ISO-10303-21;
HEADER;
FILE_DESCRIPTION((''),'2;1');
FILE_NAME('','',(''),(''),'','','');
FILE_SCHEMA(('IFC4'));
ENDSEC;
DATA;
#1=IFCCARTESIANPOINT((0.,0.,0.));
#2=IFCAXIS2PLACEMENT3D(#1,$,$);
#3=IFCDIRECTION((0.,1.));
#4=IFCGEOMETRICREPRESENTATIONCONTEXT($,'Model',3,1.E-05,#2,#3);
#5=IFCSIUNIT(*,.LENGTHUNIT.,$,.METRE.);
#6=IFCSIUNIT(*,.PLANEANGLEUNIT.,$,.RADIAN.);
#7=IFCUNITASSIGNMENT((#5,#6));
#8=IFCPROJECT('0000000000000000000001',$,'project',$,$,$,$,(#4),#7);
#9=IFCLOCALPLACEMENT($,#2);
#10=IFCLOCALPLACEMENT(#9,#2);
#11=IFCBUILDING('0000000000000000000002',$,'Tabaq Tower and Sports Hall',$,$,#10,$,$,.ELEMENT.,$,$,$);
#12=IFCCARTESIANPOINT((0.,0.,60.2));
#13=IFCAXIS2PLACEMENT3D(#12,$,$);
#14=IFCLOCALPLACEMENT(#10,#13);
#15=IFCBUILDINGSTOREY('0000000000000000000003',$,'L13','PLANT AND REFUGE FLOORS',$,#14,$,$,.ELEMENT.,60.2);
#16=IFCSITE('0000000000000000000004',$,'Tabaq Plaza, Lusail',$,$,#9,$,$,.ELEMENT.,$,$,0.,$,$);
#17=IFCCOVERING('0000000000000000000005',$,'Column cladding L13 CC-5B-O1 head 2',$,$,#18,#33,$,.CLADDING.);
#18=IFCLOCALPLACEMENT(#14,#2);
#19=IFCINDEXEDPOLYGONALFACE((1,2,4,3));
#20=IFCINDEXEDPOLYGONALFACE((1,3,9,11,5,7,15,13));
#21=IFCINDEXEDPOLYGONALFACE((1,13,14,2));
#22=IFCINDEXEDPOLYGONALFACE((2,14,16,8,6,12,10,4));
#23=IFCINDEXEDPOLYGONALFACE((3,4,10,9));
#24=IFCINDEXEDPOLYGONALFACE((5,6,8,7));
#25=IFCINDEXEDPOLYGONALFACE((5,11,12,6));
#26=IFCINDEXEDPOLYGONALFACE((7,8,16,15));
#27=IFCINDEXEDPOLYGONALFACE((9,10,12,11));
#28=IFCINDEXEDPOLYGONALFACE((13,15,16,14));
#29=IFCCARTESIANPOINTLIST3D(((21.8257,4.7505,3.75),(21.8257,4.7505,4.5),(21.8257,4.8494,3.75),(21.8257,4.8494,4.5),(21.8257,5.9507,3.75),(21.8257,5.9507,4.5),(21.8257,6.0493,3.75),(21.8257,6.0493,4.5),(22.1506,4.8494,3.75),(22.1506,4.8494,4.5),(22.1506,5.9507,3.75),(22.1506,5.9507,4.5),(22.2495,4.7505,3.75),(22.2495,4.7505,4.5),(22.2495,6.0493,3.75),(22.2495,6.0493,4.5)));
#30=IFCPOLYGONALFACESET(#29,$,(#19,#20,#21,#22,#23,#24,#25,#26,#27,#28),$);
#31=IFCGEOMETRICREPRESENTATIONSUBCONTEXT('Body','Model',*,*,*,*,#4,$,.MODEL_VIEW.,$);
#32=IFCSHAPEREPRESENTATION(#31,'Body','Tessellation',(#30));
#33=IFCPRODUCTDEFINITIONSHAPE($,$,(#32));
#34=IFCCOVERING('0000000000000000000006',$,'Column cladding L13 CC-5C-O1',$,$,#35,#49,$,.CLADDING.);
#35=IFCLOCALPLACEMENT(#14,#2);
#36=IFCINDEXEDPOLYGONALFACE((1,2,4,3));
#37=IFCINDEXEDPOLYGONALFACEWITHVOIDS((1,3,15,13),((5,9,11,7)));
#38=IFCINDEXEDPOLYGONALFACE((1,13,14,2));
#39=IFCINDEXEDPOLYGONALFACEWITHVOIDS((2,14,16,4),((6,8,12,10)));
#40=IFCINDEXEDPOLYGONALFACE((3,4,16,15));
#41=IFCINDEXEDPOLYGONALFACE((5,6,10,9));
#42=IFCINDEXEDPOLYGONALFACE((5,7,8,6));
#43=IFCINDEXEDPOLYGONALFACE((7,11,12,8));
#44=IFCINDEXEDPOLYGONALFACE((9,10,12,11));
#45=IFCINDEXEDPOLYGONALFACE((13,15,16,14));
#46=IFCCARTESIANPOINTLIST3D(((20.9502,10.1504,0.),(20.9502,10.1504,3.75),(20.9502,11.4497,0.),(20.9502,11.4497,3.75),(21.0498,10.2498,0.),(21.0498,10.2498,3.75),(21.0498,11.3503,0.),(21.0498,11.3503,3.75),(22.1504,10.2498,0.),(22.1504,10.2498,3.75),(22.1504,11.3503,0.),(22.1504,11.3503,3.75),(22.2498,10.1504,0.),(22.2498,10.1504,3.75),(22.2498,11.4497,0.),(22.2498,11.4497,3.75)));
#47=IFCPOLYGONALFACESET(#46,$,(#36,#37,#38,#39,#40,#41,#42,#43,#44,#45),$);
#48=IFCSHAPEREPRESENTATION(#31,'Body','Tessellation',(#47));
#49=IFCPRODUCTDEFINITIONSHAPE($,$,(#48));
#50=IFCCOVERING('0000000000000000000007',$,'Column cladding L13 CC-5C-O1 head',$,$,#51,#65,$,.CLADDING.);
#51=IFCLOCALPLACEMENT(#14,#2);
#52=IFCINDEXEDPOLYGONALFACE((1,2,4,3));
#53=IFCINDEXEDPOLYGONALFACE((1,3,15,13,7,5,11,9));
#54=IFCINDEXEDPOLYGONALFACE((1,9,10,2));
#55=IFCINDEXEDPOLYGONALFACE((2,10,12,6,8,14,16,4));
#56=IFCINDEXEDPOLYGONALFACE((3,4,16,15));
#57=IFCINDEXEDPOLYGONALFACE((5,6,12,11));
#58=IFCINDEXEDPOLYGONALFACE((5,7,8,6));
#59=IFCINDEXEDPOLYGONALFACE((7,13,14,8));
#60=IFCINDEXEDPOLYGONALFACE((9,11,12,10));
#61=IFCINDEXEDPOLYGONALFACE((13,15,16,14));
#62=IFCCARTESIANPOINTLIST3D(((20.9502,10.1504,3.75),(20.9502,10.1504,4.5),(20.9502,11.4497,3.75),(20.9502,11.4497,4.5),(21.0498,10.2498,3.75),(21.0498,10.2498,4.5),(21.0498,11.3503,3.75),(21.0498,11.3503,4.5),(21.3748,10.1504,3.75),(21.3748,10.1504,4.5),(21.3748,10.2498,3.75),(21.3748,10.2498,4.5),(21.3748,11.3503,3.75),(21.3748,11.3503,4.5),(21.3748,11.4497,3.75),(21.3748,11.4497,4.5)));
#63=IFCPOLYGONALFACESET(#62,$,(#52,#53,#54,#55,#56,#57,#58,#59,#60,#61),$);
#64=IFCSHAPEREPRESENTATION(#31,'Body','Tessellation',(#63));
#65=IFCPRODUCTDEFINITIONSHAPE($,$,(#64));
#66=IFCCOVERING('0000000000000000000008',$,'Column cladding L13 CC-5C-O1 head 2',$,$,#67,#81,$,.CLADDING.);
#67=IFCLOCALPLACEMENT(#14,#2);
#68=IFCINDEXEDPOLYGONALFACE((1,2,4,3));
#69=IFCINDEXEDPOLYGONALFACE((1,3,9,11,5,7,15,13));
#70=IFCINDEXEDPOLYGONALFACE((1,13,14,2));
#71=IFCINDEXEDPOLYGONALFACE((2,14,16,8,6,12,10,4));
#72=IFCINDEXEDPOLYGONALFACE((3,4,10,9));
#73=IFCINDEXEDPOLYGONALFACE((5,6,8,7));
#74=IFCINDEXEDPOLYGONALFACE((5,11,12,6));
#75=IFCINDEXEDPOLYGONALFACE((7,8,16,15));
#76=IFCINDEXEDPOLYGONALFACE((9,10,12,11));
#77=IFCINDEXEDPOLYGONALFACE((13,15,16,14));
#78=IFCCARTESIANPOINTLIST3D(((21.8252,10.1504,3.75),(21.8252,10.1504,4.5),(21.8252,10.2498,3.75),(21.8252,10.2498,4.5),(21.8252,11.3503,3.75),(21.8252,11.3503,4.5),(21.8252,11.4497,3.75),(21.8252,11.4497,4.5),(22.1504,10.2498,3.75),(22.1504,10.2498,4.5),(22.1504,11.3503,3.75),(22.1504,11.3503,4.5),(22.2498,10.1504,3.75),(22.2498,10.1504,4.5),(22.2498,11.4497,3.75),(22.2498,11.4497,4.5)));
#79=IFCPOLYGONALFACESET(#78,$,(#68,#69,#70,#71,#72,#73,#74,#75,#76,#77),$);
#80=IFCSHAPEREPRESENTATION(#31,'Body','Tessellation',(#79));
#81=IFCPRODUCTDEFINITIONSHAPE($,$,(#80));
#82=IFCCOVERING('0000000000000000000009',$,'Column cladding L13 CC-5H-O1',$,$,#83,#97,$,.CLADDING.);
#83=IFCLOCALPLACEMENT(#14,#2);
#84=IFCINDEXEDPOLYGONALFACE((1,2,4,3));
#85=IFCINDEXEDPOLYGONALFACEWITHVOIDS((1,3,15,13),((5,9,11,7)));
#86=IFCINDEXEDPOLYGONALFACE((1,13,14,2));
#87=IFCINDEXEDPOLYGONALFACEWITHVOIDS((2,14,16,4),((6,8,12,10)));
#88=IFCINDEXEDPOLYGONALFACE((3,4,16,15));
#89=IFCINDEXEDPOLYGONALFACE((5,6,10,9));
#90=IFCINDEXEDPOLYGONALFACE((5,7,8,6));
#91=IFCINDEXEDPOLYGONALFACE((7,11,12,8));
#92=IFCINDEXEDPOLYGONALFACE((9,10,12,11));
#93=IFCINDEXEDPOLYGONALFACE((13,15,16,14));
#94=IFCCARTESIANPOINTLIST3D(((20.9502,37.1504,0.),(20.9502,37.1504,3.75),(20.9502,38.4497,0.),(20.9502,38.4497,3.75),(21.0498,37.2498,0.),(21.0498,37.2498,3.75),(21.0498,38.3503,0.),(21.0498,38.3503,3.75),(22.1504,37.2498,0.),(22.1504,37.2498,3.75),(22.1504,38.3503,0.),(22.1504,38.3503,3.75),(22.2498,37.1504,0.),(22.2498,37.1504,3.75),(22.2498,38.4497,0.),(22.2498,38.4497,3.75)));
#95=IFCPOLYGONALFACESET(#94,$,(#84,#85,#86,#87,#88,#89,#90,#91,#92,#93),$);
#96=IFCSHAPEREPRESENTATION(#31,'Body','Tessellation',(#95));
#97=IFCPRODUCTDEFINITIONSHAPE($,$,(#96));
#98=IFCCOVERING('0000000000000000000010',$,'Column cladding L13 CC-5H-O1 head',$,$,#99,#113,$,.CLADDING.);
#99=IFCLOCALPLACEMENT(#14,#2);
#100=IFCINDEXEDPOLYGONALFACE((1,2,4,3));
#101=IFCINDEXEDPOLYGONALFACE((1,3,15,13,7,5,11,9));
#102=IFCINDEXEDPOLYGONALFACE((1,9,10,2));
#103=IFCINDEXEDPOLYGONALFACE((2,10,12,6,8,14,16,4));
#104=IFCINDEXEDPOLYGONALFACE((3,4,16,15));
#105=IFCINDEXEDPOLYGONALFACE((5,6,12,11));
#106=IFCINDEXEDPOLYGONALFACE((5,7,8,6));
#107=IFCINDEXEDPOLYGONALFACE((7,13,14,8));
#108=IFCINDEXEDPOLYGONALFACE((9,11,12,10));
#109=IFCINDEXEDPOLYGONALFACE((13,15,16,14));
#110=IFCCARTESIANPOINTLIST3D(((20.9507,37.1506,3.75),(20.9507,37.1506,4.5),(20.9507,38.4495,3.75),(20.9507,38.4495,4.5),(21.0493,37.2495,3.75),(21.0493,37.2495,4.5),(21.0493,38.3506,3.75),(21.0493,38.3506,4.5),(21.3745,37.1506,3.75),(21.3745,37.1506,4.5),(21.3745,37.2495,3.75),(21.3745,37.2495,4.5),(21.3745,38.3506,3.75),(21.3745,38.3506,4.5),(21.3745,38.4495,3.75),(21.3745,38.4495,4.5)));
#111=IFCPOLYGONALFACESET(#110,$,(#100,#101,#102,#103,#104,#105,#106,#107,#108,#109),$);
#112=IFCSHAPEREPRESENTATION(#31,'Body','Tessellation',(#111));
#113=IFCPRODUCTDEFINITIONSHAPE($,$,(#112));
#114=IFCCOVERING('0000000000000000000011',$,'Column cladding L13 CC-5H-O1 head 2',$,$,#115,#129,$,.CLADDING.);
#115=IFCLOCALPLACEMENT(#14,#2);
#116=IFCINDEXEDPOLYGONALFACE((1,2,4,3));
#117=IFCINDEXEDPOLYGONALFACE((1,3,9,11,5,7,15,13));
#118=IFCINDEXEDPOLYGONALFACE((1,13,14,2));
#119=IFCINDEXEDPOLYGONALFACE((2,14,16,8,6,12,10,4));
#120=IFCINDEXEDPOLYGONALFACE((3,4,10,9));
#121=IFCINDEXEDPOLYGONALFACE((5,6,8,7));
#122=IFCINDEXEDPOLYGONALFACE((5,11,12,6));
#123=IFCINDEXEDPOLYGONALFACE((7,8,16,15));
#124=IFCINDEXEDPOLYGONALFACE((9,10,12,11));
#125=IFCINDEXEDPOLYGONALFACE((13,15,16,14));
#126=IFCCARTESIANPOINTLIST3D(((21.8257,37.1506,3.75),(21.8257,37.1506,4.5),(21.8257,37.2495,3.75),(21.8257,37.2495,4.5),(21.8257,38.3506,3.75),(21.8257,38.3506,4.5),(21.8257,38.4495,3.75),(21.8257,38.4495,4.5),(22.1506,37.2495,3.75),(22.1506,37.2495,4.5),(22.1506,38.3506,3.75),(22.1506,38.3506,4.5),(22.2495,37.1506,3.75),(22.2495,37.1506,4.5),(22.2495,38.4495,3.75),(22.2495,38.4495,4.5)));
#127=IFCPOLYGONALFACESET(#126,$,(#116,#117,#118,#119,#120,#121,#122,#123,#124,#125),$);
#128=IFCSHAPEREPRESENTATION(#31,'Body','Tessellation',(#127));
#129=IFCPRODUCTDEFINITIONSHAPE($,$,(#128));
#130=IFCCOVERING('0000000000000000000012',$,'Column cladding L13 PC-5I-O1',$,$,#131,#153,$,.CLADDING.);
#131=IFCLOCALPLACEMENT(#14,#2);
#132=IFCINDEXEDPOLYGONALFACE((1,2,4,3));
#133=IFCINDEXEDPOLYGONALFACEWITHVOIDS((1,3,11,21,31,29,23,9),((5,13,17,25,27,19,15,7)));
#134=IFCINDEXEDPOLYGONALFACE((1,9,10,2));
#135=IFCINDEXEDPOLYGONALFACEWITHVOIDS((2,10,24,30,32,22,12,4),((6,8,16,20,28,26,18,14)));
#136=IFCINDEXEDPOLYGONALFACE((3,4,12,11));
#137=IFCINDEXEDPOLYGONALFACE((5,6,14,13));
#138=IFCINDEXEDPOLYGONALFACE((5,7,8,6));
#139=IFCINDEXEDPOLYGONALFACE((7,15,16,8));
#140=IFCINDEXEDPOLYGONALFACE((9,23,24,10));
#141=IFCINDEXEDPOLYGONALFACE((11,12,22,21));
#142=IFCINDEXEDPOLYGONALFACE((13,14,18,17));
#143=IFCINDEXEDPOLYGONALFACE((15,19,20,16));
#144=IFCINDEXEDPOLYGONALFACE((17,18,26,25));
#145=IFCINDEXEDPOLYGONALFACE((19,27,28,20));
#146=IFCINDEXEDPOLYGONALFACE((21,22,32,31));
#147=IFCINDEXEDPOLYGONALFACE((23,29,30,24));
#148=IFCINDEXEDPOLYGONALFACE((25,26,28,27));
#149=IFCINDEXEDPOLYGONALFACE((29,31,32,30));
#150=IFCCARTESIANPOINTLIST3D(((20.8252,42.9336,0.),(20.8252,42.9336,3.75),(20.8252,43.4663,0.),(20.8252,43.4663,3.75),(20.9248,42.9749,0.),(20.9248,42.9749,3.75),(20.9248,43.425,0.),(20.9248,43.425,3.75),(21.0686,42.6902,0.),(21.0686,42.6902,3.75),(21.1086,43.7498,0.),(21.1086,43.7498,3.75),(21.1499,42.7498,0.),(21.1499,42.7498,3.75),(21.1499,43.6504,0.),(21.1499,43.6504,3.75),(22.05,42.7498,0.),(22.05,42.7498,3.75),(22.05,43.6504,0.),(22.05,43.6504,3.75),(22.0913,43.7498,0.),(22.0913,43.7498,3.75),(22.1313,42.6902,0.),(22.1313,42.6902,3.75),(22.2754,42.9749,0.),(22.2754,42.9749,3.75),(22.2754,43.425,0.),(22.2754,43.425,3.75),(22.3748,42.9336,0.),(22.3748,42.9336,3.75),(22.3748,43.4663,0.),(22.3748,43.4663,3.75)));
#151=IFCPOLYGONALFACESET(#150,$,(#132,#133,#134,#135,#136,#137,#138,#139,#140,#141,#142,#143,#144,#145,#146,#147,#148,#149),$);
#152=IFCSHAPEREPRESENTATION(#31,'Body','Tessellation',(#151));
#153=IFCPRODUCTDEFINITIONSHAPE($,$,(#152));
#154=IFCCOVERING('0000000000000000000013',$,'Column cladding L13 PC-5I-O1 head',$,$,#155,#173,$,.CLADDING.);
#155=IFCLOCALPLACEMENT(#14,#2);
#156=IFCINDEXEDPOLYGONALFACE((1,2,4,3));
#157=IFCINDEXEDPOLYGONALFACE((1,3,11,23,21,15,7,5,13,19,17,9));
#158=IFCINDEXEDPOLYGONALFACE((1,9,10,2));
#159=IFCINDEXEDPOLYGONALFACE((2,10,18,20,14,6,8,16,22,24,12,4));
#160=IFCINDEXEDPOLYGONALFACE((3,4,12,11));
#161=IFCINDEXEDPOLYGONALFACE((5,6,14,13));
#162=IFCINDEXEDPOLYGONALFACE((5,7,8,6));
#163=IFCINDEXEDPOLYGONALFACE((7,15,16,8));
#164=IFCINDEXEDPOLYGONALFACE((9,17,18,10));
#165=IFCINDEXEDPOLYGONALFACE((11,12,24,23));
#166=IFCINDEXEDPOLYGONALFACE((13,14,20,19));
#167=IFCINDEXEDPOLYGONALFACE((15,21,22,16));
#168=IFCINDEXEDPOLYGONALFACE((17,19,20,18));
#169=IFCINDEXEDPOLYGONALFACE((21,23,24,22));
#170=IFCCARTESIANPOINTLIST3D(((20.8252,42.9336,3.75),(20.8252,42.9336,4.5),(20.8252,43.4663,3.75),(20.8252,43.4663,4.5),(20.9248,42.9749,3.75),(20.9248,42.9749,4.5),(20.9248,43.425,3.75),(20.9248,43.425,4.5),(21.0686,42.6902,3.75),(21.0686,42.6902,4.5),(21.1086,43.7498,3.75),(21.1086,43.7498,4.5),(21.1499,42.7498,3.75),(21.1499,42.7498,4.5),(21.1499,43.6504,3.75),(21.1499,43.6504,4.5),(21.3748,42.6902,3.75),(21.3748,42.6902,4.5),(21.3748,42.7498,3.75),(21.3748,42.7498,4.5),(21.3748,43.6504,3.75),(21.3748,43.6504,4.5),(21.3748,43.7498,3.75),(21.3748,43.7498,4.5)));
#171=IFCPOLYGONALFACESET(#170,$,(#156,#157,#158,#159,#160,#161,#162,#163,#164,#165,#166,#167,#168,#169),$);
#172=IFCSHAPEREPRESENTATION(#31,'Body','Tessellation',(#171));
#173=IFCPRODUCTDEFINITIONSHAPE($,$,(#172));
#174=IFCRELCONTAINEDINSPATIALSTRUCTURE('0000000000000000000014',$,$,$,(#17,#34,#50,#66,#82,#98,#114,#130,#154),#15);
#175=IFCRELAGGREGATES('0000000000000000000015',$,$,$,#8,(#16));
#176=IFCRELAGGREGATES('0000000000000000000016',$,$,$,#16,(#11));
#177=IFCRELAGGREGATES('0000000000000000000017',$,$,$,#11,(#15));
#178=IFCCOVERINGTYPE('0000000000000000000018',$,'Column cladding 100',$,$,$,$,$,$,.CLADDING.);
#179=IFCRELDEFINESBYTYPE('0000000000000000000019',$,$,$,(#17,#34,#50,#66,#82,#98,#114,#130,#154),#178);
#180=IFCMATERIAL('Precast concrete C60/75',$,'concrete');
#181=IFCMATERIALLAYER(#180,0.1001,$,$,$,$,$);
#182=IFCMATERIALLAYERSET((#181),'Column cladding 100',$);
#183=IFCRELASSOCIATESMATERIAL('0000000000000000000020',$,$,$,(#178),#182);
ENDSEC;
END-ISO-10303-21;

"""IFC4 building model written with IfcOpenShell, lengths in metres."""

from ifc_helpers import new_model, si_unit, direction, frame, origin, place, context, subcontext, project, spatial, polyline, outline, extrude, material, layer, layer_set, type_object, element, save


model = new_model("IFC4")

# Units and contexts
model_context = context("Model", 3, precision=1e-05, world=origin(), true_north=direction((0.0, 1.0)))
body_context = subcontext(model_context, "Body", "Model", "MODEL_VIEW")
ifc_project = project(units=[si_unit("LENGTHUNIT", "METRE"), si_unit("PLANEANGLEUNIT", "RADIAN")], contexts=[model_context])

# Site, building, storey
site_placement = place(None, origin())
site = spatial("IfcSite", under=ifc_project, at=site_placement, Name="Tabaq Plaza, Lusail", CompositionType="ELEMENT", RefElevation=0.0)
building_placement = place(site_placement, origin())
building = spatial("IfcBuilding", under=site, at=building_placement, Name="Tabaq Tower and Sports Hall", CompositionType="ELEMENT")
storey_placement = place(building_placement, frame((0.0, 0.0, 60.2)))
storey = spatial("IfcBuildingStorey", under=building, at=storey_placement, Name="L13", Description="PLANT AND REFUGE FLOORS", CompositionType="ELEMENT", Elevation=60.2)

# Coverings
ifc_material_1 = material(Name="Precast concrete C60/75", Category="concrete")
ifc_layer_1 = layer(ifc_material_1, 0.1001)
ifc_layer_set_1 = layer_set([ifc_layer_1], Name="Column cladding 100")
covering_type = type_object("IfcCoveringType", Name="Column cladding 100", PredefinedType="CLADDING", material=ifc_layer_set_1)
covering_1_placement = place(storey_placement, frame((0.0, 0.0, 3.75)))
element("IfcCovering", 1, at=covering_1_placement, inside=storey, type_object=covering_type, Name="Column cladding L13 CC-5B-O1 head 2", PredefinedType="CLADDING", context=body_context, shape_type="SweptSolid", body=[
    extrude(outline(polyline([(21.8257, 4.8494), (22.1506, 4.8494), (22.1506, 5.9507), (21.8257, 5.9507), (21.8257, 6.0493), (22.2495, 6.0493), (22.2495, 4.7505), (21.8257, 4.7505), (21.8257, 4.8494)])), origin(), (0.0, 0.0, 1.0), 0.75),
])
covering_2_placement = place(storey_placement, origin())
element("IfcCovering", 2, at=covering_2_placement, inside=storey, type_object=covering_type, Name="Column cladding L13 CC-5C-O1", PredefinedType="CLADDING", context=body_context, shape_type="SweptSolid", body=[
    extrude(outline(polyline([(20.9502, 11.4497), (22.2498, 11.4497), (22.2498, 10.1504), (20.9502, 10.1504), (20.9502, 11.4497)]), holes=[polyline([(22.1504, 10.2498), (22.1504, 11.3503), (21.0498, 11.3503), (21.0498, 10.2498), (22.1504, 10.2498)])]), origin(), (0.0, 0.0, 1.0), 3.75),
])
covering_3_placement = place(storey_placement, frame((0.0, 0.0, 3.75)))
element("IfcCovering", 3, at=covering_3_placement, inside=storey, type_object=covering_type, Name="Column cladding L13 CC-5C-O1 head", PredefinedType="CLADDING", context=body_context, shape_type="SweptSolid", body=[
    extrude(outline(polyline([(21.3748, 11.4497), (21.3748, 11.3503), (21.0498, 11.3503), (21.0498, 10.2498), (21.3748, 10.2498), (21.3748, 10.1504), (20.9502, 10.1504), (20.9502, 11.4497), (21.3748, 11.4497)])), origin(), (0.0, 0.0, 1.0), 0.75),
])
covering_4_placement = place(storey_placement, frame((0.0, 0.0, 3.75)))
element("IfcCovering", 4, at=covering_4_placement, inside=storey, type_object=covering_type, Name="Column cladding L13 CC-5C-O1 head 2", PredefinedType="CLADDING", context=body_context, shape_type="SweptSolid", body=[
    extrude(outline(polyline([(22.2498, 11.4497), (22.2498, 10.1504), (21.8252, 10.1504), (21.8252, 10.2498), (22.1504, 10.2498), (22.1504, 11.3503), (21.8252, 11.3503), (21.8252, 11.4497), (22.2498, 11.4497)])), origin(), (0.0, 0.0, 1.0), 0.75),
])
covering_5_placement = place(storey_placement, origin())
element("IfcCovering", 5, at=covering_5_placement, inside=storey, type_object=covering_type, Name="Column cladding L13 CC-5H-O1", PredefinedType="CLADDING", context=body_context, shape_type="SweptSolid", body=[
    extrude(outline(polyline([(20.9502, 38.4497), (22.2498, 38.4497), (22.2498, 37.1504), (20.9502, 37.1504), (20.9502, 38.4497)]), holes=[polyline([(22.1504, 37.2498), (22.1504, 38.3503), (21.0498, 38.3503), (21.0498, 37.2498), (22.1504, 37.2498)])]), origin(), (0.0, 0.0, 1.0), 3.75),
])
covering_6_placement = place(storey_placement, frame((0.0, 0.0, 3.75)))
element("IfcCovering", 6, at=covering_6_placement, inside=storey, type_object=covering_type, Name="Column cladding L13 CC-5H-O1 head", PredefinedType="CLADDING", context=body_context, shape_type="SweptSolid", body=[
    extrude(outline(polyline([(21.3745, 38.3506), (21.0493, 38.3506), (21.0493, 37.2495), (21.3745, 37.2495), (21.3745, 37.1506), (20.9507, 37.1506), (20.9507, 38.4495), (21.3745, 38.4495), (21.3745, 38.3506)])), origin(), (0.0, 0.0, 1.0), 0.75),
])
covering_7_placement = place(storey_placement, frame((0.0, 0.0, 3.75)))
element("IfcCovering", 7, at=covering_7_placement, inside=storey, type_object=covering_type, Name="Column cladding L13 CC-5H-O1 head 2", PredefinedType="CLADDING", context=body_context, shape_type="SweptSolid", body=[
    extrude(outline(polyline([(21.8257, 38.3506), (21.8257, 38.4495), (22.2495, 38.4495), (22.2495, 37.1506), (21.8257, 37.1506), (21.8257, 37.2495), (22.1506, 37.2495), (22.1506, 38.3506), (21.8257, 38.3506)])), origin(), (0.0, 0.0, 1.0), 0.75),
])
covering_8_placement = place(storey_placement, origin())
element("IfcCovering", 8, at=covering_8_placement, inside=storey, type_object=covering_type, Name="Column cladding L13 PC-5I-O1", PredefinedType="CLADDING", context=body_context, shape_type="SweptSolid", body=[
    extrude(outline(polyline([(20.8252, 43.4663), (21.1086, 43.7498), (22.0913, 43.7498), (22.3748, 43.4663), (22.3748, 42.9336), (22.1313, 42.6902), (21.0686, 42.6902), (20.8252, 42.9336), (20.8252, 43.4663)]), holes=[polyline([(22.2754, 42.9749), (22.2754, 43.425), (22.05, 43.6504), (21.1499, 43.6504), (20.9248, 43.425), (20.9248, 42.9749), (21.1499, 42.7498), (22.05, 42.7498), (22.2754, 42.9749)])]), origin(), (0.0, 0.0, 1.0), 3.75),
])
covering_9_placement = place(storey_placement, frame((0.0, 0.0, 3.75)))
element("IfcCovering", 9, at=covering_9_placement, inside=storey, type_object=covering_type, Name="Column cladding L13 PC-5I-O1 head", PredefinedType="CLADDING", context=body_context, shape_type="SweptSolid", body=[
    extrude(outline(polyline([(21.1086, 43.7498), (21.3748, 43.7498), (21.3748, 43.6504), (21.1499, 43.6504), (20.9248, 43.425), (20.9248, 42.9749), (21.1499, 42.7498), (21.3748, 42.7498), (21.3748, 42.6902), (21.0686, 42.6902), (20.8252, 42.9336), (20.8252, 43.4663), (21.1086, 43.7498)])), origin(), (0.0, 0.0, 1.0), 0.75),
])

save(model, "model.ifc")
